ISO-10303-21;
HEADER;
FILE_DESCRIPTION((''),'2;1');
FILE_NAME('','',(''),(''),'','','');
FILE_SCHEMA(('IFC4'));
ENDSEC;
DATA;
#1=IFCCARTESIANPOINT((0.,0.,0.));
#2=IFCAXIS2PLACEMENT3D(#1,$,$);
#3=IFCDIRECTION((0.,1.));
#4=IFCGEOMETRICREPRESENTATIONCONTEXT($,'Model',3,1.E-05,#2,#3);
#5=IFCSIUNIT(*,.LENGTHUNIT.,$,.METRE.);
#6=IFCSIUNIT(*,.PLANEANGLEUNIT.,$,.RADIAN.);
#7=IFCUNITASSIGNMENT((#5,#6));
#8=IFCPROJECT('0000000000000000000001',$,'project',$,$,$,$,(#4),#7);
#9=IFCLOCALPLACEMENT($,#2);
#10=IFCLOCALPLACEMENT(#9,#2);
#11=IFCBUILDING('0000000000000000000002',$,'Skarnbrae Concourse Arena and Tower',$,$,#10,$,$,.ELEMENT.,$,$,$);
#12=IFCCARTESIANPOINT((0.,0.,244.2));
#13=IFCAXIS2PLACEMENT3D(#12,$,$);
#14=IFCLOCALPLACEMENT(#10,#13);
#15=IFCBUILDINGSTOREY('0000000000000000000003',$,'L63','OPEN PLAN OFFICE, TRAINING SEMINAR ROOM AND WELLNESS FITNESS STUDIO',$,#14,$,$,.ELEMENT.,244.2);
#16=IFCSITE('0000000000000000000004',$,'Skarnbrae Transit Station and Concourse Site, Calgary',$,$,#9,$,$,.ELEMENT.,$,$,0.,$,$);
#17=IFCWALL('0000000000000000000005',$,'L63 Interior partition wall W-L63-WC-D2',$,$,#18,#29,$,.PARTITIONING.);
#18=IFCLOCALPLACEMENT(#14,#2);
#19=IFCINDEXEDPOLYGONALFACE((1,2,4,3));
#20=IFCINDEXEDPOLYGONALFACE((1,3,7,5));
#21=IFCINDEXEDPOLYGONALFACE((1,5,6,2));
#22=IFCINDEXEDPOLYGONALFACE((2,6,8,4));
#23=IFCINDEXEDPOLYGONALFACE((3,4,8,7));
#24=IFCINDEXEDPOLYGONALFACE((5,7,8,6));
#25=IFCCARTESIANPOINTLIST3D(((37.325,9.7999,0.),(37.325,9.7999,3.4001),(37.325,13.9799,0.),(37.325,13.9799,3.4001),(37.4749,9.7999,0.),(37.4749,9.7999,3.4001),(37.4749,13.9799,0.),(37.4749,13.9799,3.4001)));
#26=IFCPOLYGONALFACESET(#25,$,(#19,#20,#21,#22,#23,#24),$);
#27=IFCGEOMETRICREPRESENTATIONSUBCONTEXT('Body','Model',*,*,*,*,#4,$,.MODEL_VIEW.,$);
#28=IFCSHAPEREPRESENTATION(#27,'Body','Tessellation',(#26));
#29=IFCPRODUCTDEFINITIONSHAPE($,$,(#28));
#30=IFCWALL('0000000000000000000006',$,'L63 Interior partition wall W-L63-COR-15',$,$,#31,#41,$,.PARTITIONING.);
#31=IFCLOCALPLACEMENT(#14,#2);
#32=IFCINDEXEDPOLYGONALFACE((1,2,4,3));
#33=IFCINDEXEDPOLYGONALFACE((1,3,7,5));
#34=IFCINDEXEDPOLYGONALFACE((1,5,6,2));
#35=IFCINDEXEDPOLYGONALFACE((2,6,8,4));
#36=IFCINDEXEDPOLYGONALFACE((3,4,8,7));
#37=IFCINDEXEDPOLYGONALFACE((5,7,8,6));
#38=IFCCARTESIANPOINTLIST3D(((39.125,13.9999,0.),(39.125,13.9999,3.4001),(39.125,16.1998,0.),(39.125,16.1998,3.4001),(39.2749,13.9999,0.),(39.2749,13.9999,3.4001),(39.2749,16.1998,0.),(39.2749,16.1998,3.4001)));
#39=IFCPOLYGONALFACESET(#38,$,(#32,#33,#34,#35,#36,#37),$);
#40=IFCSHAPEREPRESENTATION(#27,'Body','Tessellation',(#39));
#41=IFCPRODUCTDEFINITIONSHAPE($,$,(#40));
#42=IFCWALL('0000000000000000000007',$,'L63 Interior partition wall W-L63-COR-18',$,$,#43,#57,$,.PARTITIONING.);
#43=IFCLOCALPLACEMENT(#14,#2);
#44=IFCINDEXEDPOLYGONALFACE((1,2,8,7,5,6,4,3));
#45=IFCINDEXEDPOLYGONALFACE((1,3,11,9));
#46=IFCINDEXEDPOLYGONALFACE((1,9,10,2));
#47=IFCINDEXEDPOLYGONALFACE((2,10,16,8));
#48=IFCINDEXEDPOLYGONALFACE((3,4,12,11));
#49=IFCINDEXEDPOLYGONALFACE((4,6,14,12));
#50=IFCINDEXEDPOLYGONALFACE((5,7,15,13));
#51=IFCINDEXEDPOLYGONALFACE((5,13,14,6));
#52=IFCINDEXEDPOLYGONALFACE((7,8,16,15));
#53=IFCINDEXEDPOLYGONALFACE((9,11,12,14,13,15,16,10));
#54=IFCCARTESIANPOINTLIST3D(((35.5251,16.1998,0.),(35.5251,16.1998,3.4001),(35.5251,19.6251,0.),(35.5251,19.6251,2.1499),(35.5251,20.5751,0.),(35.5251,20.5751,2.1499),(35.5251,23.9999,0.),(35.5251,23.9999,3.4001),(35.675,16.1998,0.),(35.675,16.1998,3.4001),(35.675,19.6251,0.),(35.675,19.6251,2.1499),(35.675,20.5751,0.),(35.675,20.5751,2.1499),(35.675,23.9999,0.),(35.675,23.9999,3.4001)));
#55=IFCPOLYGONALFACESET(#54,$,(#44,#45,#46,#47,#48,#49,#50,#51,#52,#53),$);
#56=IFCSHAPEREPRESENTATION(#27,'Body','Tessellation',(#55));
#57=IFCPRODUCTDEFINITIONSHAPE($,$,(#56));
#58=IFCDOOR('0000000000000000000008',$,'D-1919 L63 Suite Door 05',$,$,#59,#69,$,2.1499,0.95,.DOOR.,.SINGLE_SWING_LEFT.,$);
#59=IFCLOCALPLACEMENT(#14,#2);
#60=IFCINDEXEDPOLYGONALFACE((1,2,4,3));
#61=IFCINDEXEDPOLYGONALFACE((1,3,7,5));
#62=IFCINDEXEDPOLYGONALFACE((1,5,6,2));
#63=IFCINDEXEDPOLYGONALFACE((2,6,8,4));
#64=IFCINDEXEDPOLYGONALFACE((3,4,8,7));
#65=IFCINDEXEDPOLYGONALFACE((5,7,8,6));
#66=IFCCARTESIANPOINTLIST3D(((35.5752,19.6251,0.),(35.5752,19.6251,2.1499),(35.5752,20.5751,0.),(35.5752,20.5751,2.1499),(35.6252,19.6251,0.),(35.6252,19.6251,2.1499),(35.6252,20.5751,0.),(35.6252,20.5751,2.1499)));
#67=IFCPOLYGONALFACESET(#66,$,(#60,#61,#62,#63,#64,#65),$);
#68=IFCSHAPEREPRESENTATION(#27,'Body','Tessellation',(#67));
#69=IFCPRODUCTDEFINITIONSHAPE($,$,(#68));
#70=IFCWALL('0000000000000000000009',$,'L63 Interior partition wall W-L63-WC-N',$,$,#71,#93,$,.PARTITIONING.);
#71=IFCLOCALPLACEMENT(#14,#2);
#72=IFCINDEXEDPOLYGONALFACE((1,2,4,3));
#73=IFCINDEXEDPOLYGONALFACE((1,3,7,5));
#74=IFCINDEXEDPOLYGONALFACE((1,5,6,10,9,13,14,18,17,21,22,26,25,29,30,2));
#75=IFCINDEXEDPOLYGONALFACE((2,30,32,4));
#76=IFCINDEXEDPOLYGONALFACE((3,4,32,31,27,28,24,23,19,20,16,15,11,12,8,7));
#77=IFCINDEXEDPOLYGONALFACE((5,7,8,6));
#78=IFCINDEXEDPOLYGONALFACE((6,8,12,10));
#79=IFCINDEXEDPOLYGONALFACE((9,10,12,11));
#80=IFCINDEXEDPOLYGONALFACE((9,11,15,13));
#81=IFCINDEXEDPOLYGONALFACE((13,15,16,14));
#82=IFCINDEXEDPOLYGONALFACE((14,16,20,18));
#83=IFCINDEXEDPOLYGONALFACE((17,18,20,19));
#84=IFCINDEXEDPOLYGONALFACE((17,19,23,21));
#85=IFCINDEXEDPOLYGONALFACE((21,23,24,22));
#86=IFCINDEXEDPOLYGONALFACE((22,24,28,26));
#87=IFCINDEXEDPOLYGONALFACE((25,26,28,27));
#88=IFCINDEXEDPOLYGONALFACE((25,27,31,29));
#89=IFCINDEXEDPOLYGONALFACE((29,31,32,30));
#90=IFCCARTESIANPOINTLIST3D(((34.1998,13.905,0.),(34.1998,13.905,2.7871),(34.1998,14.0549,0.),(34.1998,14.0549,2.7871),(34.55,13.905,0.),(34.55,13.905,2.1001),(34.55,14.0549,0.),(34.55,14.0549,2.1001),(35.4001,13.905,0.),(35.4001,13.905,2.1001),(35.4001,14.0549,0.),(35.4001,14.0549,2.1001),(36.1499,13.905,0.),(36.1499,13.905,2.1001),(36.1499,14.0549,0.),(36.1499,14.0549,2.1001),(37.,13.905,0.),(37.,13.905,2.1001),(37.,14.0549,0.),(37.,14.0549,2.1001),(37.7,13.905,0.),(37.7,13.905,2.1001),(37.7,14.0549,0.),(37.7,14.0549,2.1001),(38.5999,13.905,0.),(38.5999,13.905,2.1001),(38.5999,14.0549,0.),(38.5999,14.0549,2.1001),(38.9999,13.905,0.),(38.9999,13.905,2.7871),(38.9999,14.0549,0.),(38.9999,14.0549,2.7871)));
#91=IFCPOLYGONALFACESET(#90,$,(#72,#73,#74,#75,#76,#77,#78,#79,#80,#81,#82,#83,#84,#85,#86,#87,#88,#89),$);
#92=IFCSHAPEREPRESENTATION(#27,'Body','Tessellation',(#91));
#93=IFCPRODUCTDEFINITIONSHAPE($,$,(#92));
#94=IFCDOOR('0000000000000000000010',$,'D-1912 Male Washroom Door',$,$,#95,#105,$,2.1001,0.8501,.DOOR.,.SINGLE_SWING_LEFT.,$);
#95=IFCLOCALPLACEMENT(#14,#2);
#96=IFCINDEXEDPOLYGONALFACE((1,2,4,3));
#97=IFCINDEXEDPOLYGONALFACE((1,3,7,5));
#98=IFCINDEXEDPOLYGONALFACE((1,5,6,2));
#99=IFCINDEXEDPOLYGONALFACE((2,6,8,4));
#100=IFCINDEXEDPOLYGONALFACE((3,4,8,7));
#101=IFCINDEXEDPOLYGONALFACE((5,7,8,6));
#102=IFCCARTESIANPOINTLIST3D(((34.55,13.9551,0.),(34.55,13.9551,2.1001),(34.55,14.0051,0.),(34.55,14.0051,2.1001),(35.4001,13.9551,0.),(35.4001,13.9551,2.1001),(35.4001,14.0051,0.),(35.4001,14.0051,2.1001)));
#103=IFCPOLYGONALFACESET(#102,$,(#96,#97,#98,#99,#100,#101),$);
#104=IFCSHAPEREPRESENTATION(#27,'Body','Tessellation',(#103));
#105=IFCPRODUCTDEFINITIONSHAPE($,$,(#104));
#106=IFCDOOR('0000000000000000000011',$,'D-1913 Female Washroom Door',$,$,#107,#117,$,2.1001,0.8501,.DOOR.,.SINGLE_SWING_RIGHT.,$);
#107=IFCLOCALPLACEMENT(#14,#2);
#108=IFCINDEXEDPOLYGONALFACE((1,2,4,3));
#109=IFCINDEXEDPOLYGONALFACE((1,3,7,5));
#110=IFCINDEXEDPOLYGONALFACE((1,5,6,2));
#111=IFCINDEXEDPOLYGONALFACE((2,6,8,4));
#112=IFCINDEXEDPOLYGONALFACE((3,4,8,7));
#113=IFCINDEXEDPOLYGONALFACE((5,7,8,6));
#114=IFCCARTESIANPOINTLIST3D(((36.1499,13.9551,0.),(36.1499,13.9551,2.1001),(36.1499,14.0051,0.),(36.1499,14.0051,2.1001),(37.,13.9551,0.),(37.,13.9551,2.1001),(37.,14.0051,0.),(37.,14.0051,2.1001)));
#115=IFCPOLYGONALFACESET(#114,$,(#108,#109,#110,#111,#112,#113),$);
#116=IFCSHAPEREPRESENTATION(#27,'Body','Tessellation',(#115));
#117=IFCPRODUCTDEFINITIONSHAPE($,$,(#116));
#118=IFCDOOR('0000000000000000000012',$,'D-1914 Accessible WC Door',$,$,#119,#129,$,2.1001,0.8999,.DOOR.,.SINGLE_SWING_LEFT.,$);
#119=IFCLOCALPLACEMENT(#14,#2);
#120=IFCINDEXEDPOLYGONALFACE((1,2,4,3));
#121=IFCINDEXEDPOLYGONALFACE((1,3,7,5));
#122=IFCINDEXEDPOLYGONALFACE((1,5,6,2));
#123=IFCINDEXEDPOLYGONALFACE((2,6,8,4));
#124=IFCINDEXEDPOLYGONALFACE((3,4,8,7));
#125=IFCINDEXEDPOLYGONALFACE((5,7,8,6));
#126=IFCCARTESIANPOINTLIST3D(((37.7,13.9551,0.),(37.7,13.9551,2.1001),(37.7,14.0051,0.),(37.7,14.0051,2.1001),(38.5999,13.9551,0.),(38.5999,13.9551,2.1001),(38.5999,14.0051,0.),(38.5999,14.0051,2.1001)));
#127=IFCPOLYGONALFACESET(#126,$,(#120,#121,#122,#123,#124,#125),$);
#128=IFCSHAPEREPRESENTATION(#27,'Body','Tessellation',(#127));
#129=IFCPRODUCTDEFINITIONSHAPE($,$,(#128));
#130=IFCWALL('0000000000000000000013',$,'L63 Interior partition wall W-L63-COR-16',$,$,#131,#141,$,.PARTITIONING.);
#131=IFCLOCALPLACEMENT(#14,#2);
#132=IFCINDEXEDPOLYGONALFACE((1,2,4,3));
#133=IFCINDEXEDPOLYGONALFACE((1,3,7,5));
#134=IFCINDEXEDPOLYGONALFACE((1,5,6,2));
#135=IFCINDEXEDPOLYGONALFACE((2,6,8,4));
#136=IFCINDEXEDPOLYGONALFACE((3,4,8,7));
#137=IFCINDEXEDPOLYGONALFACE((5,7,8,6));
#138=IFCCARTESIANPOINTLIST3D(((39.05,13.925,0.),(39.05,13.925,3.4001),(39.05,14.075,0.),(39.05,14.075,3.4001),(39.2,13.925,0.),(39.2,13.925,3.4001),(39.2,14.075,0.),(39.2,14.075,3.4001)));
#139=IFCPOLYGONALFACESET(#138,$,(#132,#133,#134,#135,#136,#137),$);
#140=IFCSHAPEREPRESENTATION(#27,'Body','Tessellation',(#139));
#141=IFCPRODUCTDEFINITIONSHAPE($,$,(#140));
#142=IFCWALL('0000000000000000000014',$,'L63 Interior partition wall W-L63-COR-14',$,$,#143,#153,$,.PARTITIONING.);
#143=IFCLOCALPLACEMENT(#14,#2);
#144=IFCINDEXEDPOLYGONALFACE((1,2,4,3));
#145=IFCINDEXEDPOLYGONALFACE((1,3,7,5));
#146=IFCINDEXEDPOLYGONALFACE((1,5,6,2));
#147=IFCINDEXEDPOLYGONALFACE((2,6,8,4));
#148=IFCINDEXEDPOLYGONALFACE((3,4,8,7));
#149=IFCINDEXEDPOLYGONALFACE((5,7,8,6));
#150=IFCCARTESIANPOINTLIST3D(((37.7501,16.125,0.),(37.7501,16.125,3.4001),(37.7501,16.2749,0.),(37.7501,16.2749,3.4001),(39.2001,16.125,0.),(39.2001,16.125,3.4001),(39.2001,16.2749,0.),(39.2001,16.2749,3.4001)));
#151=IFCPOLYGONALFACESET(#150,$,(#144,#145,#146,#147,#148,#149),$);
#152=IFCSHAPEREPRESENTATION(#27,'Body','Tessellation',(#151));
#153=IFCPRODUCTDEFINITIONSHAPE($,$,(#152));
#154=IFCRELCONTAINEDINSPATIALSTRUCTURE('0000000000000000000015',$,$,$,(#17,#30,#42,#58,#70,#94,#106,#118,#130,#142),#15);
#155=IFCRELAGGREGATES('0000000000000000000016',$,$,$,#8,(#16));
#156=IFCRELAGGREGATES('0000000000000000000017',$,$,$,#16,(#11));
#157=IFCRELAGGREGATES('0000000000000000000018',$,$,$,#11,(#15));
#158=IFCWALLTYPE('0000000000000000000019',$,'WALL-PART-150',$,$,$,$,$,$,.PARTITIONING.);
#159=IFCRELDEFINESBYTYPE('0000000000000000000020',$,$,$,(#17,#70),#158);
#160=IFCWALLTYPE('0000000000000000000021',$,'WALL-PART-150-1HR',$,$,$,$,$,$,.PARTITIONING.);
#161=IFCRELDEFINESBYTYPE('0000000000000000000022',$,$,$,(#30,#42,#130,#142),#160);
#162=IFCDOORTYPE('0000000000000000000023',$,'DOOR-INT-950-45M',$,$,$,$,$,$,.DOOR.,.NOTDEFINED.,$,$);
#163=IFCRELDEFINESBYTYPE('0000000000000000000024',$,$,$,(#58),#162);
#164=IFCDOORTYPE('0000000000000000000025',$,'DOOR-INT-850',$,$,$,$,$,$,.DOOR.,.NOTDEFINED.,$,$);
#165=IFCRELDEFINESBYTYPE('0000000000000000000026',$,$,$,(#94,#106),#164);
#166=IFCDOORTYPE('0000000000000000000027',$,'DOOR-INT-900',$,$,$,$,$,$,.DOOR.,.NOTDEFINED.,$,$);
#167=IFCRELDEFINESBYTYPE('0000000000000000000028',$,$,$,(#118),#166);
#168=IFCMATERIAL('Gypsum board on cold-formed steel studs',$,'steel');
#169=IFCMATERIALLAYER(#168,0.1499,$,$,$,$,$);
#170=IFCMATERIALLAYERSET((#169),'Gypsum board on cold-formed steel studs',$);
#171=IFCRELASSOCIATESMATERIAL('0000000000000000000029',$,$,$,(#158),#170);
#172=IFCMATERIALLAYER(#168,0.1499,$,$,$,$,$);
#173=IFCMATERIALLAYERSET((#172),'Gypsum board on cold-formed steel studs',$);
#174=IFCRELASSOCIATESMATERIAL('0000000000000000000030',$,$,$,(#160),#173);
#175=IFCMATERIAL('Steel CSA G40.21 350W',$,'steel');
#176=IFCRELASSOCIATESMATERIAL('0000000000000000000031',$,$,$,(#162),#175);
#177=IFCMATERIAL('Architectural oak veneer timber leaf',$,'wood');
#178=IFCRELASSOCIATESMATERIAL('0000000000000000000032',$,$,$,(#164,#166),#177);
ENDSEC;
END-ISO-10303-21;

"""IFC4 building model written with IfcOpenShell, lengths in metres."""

from ifc_helpers import new_model, si_unit, direction, frame, frame_2d, origin, place, context, subcontext, project, spatial, rectangle, extrude, source, transform, mapped, material, layer, layer_set, type_object, element, fill, save


model = new_model("IFC4")

# Units and contexts
model_context = context("Model", 3, precision=1e-05, world=origin(), true_north=direction((0.0, 1.0)))
body_context = subcontext(model_context, "Body", "Model", "MODEL_VIEW")
ifc_project = project(units=[si_unit("LENGTHUNIT", "METRE"), si_unit("PLANEANGLEUNIT", "RADIAN")], contexts=[model_context])

# Site, building, storey
site_placement = place(None, origin())
site = spatial("IfcSite", under=ifc_project, at=site_placement, Name="Skarnbrae Transit Station and Concourse Site, Calgary", CompositionType="ELEMENT", RefElevation=0.0)
building_placement = place(site_placement, origin())
building = spatial("IfcBuilding", under=site, at=building_placement, Name="Skarnbrae Concourse Arena and Tower", CompositionType="ELEMENT")
storey_placement = place(building_placement, frame((0.0, 0.0, 244.2)))
storey = spatial("IfcBuildingStorey", under=building, at=storey_placement, Name="L63", Description="OPEN PLAN OFFICE, TRAINING SEMINAR ROOM AND WELLNESS FITNESS STUDIO", CompositionType="ELEMENT", Elevation=244.2)

# Shared definitions
ifc_material_1 = material(Name="Steel CSA G40.21 350W", Category="steel")

# Walls
ifc_material_2 = material(Name="Gypsum board on cold-formed steel studs", Category="steel")
ifc_layer_1 = layer(ifc_material_2, 0.1499)
ifc_layer_set_1 = layer_set([ifc_layer_1], Name="Gypsum board on cold-formed steel studs")
wall_type_1 = type_object("IfcWallType", Name="WALL-PART-150", PredefinedType="PARTITIONING", material=ifc_layer_set_1)
shared_shape_1 = source(origin(), body_context, "Body", "SweptSolid", [
    extrude(rectangle(XDim=4.1799, YDim=0.1499, at=frame_2d((2.0898, 0.0))), origin(), (0.0, 0.0, 1.0), 3.4001),
])
for number, where, z_axis, x_axis, name in (
    (1, (37.3999, 9.8, 0.0), (0.0, 0.0, 1.0), (0.0, 1.0, 0.0), "L63 Interior partition wall W-L63-WC-D2"),
):
    element("IfcWall", number, at=place(storey_placement, frame(where, z_axis=z_axis, x_axis=x_axis)), inside=storey, type_object=wall_type_1, Name=name, PredefinedType="PARTITIONING", context=body_context, shape_type="MappedRepresentation", body=[
        mapped(shared_shape_1, transform((0.0, 0.0, 0.0))),
    ])
ifc_layer_2 = layer(ifc_material_2, 0.1499)
ifc_layer_set_2 = layer_set([ifc_layer_2], Name="Gypsum board on cold-formed steel studs")
wall_type_2 = type_object("IfcWallType", Name="WALL-PART-150-1HR", PredefinedType="PARTITIONING", material=ifc_layer_set_2)
shared_shape_2 = source(origin(), body_context, "Body", "SweptSolid", [
    extrude(rectangle(XDim=2.2, YDim=0.1499, at=frame_2d((1.1001, 0.0))), origin(), (0.0, 0.0, 1.0), 3.4001),
])
wall_1_placement = place(storey_placement, frame((39.2, 16.2, 0.0), z_axis=(0.0, 0.0, 1.0), x_axis=(0.0, -1.0, 0.0)))
element("IfcWall", 2, at=wall_1_placement, inside=storey, type_object=wall_type_2, Name="L63 Interior partition wall W-L63-COR-15", PredefinedType="PARTITIONING", context=body_context, shape_type="MappedRepresentation", body=[
    mapped(shared_shape_2, transform((0.0, 0.0, 0.0))),
])

# Wall, opening, door
shared_shape_3 = source(origin(), body_context, "Body", "SweptSolid", [
    extrude(rectangle(XDim=7.8, YDim=0.1499, at=frame_2d((3.8999, 0.0))), origin(), (0.0, 0.0, 1.0), 3.4001),
])
wall_2_placement = place(storey_placement, frame((35.6001, 16.2, 0.0), z_axis=(0.0, 0.0, 1.0), x_axis=(0.0, 1.0, 0.0)))
wall_2 = element("IfcWall", 3, at=wall_2_placement, inside=storey, type_object=wall_type_2, Name="L63 Interior partition wall W-L63-COR-18", PredefinedType="PARTITIONING", context=body_context, shape_type="MappedRepresentation", body=[
    mapped(shared_shape_3, transform((0.0, 0.0, 0.0))),
])
opening_1_placement = place(wall_2_placement, frame((3.425, 0.0, 0.0)))
opening_1 = element("IfcOpeningElement", 4, at=opening_1_placement, cuts=wall_2, PredefinedType="OPENING", context=body_context, shape_type="SweptSolid", body=[
    extrude(rectangle(XDim=0.95, YDim=2.1499, at=frame_2d((0.4751, 1.075))), frame((0.0, 0.085, 0.0), z_axis=(0.0, -1.0, 0.0), x_axis=(1.0, 0.0, 0.0)), (0.0, 0.0, 1.0), 0.1699),
])
door_type_1 = type_object("IfcDoorType", Name="DOOR-INT-950-45M", OperationType="NOTDEFINED", PredefinedType="DOOR", material=ifc_material_1)
shared_shape_4 = source(origin(), body_context, "Body", "SweptSolid", [
    extrude(rectangle(XDim=0.95, YDim=2.1499, at=frame_2d((0.4751, 1.075))), frame((0.0, 0.0249, 0.0), z_axis=(0.0, -1.0, 0.0), x_axis=(1.0, 0.0, 0.0)), (0.0, 0.0, 1.0), 0.05),
])
door_1_placement = place(opening_1_placement, origin())
door_1 = element("IfcDoor", 5, at=door_1_placement, inside=storey, type_object=door_type_1, Name="D-1919 L63 Suite Door 05", OperationType="SINGLE_SWING_LEFT", OverallHeight=2.1499, OverallWidth=0.95, PredefinedType="DOOR", context=body_context, shape_type="MappedRepresentation", body=[
    mapped(shared_shape_4, transform((0.0, 0.0, 0.0))),
])
fill(opening_1, door_1)

# Wall, openings, doors
shared_shape_5 = source(origin(), body_context, "Body", "SweptSolid", [
    extrude(rectangle(XDim=4.8, YDim=0.1499, at=frame_2d((2.3999, 0.0))), origin(), (0.0, 0.0, 1.0), 2.7871),
])
wall_3_placement = place(storey_placement, frame((34.2, 13.98, 0.0), z_axis=(0.0, 0.0, 1.0), x_axis=(1.0, 0.0, 0.0)))
wall_3 = element("IfcWall", 6, at=wall_3_placement, inside=storey, type_object=wall_type_1, Name="L63 Interior partition wall W-L63-WC-N", PredefinedType="PARTITIONING", context=body_context, shape_type="MappedRepresentation", body=[
    mapped(shared_shape_5, transform((0.0, 0.0, 0.0))),
])
opening_2_placement = place(wall_3_placement, frame((0.3501, 0.0, 0.0)))
opening_2 = element("IfcOpeningElement", 7, at=opening_2_placement, cuts=wall_3, PredefinedType="OPENING", context=body_context, shape_type="SweptSolid", body=[
    extrude(rectangle(XDim=0.8501, YDim=2.1001, at=frame_2d((0.425, 1.05))), frame((0.0, 0.085, 0.0), z_axis=(0.0, -1.0, 0.0), x_axis=(1.0, 0.0, 0.0)), (0.0, 0.0, 1.0), 0.1699),
])
opening_3_placement = place(wall_3_placement, frame((1.95, 0.0, 0.0)))
opening_3 = element("IfcOpeningElement", 8, at=opening_3_placement, cuts=wall_3, PredefinedType="OPENING", context=body_context, shape_type="SweptSolid", body=[
    extrude(rectangle(XDim=0.8501, YDim=2.1001, at=frame_2d((0.425, 1.05))), frame((0.0, 0.085, 0.0), z_axis=(0.0, -1.0, 0.0), x_axis=(1.0, 0.0, 0.0)), (0.0, 0.0, 1.0), 0.1699),
])
opening_4_placement = place(wall_3_placement, frame((3.5, 0.0, 0.0)))
opening_4 = element("IfcOpeningElement", 9, at=opening_4_placement, cuts=wall_3, PredefinedType="OPENING", context=body_context, shape_type="SweptSolid", body=[
    extrude(rectangle(XDim=0.8999, YDim=2.1001, at=frame_2d((0.45, 1.05))), frame((0.0, 0.085, 0.0), z_axis=(0.0, -1.0, 0.0), x_axis=(1.0, 0.0, 0.0)), (0.0, 0.0, 1.0), 0.1699),
])
ifc_material_3 = material(Name="Architectural oak veneer timber leaf", Category="wood")
door_type_2 = type_object("IfcDoorType", Name="DOOR-INT-850", OperationType="NOTDEFINED", PredefinedType="DOOR", material=ifc_material_3)
shared_shape_6 = source(origin(), body_context, "Body", "SweptSolid", [
    extrude(rectangle(XDim=0.8501, YDim=2.1001, at=frame_2d((0.425, 1.05))), frame((0.0, 0.0249, 0.0), z_axis=(0.0, -1.0, 0.0), x_axis=(1.0, 0.0, 0.0)), (0.0, 0.0, 1.0), 0.05),
])
door_2_placement = place(opening_2_placement, frame((0.8501, 0.0, 0.0), z_axis=(0.0, 0.0, 1.0), x_axis=(-1.0, 0.0, 0.0)))
door_2 = element("IfcDoor", 10, at=door_2_placement, inside=storey, type_object=door_type_2, Name="D-1912 Male Washroom Door", OperationType="SINGLE_SWING_LEFT", OverallHeight=2.1001, OverallWidth=0.8501, PredefinedType="DOOR", context=body_context, shape_type="MappedRepresentation", body=[
    mapped(shared_shape_6, transform((0.0, 0.0, 0.0))),
])
fill(opening_2, door_2)
door_3_placement = place(opening_3_placement, frame((0.8501, 0.0, 0.0), z_axis=(0.0, 0.0, 1.0), x_axis=(-1.0, 0.0, 0.0)))
door_3 = element("IfcDoor", 11, at=door_3_placement, inside=storey, type_object=door_type_2, Name="D-1913 Female Washroom Door", OperationType="SINGLE_SWING_RIGHT", OverallHeight=2.1001, OverallWidth=0.8501, PredefinedType="DOOR", context=body_context, shape_type="MappedRepresentation", body=[
    mapped(shared_shape_6, transform((0.0, 0.0, 0.0))),
])
fill(opening_3, door_3)
door_type_3 = type_object("IfcDoorType", Name="DOOR-INT-900", OperationType="NOTDEFINED", PredefinedType="DOOR", material=ifc_material_3)
shared_shape_7 = source(origin(), body_context, "Body", "SweptSolid", [
    extrude(rectangle(XDim=0.8999, YDim=2.1001, at=frame_2d((0.45, 1.05))), frame((0.0, 0.0249, 0.0), z_axis=(0.0, -1.0, 0.0), x_axis=(1.0, 0.0, 0.0)), (0.0, 0.0, 1.0), 0.05),
])
door_4_placement = place(opening_4_placement, frame((0.8999, 0.0, 0.0), z_axis=(0.0, 0.0, 1.0), x_axis=(-1.0, 0.0, 0.0)))
door_4 = element("IfcDoor", 12, at=door_4_placement, inside=storey, type_object=door_type_3, Name="D-1914 Accessible WC Door", OperationType="SINGLE_SWING_LEFT", OverallHeight=2.1001, OverallWidth=0.8999, PredefinedType="DOOR", context=body_context, shape_type="MappedRepresentation", body=[
    mapped(shared_shape_7, transform((0.0, 0.0, 0.0))),
])
fill(opening_4, door_4)

# Walls
shared_shape_8 = source(origin(), body_context, "Body", "SweptSolid", [
    extrude(rectangle(XDim=0.1499, YDim=0.1499, at=frame_2d((0.075, 0.0))), origin(), (0.0, 0.0, 1.0), 3.4001),
])
wall_4_placement = place(storey_placement, frame((39.2, 14.0, 0.0), z_axis=(0.0, 0.0, 1.0), x_axis=(-1.0, 0.0, 0.0)))
element("IfcWall", 13, at=wall_4_placement, inside=storey, type_object=wall_type_2, Name="L63 Interior partition wall W-L63-COR-16", PredefinedType="PARTITIONING", context=body_context, shape_type="MappedRepresentation", body=[
    mapped(shared_shape_8, transform((0.0, 0.0, 0.0))),
])
shared_shape_9 = source(origin(), body_context, "Body", "SweptSolid", [
    extrude(rectangle(XDim=1.45, YDim=0.1499, at=frame_2d((0.7251, 0.0))), origin(), (0.0, 0.0, 1.0), 3.4001),
])
wall_5_placement = place(storey_placement, frame((37.75, 16.2, 0.0), z_axis=(0.0, 0.0, 1.0), x_axis=(1.0, 0.0, 0.0)))
element("IfcWall", 14, at=wall_5_placement, inside=storey, type_object=wall_type_2, Name="L63 Interior partition wall W-L63-COR-14", PredefinedType="PARTITIONING", context=body_context, shape_type="MappedRepresentation", body=[
    mapped(shared_shape_9, transform((0.0, 0.0, 0.0))),
])

save(model, "model.ifc")
